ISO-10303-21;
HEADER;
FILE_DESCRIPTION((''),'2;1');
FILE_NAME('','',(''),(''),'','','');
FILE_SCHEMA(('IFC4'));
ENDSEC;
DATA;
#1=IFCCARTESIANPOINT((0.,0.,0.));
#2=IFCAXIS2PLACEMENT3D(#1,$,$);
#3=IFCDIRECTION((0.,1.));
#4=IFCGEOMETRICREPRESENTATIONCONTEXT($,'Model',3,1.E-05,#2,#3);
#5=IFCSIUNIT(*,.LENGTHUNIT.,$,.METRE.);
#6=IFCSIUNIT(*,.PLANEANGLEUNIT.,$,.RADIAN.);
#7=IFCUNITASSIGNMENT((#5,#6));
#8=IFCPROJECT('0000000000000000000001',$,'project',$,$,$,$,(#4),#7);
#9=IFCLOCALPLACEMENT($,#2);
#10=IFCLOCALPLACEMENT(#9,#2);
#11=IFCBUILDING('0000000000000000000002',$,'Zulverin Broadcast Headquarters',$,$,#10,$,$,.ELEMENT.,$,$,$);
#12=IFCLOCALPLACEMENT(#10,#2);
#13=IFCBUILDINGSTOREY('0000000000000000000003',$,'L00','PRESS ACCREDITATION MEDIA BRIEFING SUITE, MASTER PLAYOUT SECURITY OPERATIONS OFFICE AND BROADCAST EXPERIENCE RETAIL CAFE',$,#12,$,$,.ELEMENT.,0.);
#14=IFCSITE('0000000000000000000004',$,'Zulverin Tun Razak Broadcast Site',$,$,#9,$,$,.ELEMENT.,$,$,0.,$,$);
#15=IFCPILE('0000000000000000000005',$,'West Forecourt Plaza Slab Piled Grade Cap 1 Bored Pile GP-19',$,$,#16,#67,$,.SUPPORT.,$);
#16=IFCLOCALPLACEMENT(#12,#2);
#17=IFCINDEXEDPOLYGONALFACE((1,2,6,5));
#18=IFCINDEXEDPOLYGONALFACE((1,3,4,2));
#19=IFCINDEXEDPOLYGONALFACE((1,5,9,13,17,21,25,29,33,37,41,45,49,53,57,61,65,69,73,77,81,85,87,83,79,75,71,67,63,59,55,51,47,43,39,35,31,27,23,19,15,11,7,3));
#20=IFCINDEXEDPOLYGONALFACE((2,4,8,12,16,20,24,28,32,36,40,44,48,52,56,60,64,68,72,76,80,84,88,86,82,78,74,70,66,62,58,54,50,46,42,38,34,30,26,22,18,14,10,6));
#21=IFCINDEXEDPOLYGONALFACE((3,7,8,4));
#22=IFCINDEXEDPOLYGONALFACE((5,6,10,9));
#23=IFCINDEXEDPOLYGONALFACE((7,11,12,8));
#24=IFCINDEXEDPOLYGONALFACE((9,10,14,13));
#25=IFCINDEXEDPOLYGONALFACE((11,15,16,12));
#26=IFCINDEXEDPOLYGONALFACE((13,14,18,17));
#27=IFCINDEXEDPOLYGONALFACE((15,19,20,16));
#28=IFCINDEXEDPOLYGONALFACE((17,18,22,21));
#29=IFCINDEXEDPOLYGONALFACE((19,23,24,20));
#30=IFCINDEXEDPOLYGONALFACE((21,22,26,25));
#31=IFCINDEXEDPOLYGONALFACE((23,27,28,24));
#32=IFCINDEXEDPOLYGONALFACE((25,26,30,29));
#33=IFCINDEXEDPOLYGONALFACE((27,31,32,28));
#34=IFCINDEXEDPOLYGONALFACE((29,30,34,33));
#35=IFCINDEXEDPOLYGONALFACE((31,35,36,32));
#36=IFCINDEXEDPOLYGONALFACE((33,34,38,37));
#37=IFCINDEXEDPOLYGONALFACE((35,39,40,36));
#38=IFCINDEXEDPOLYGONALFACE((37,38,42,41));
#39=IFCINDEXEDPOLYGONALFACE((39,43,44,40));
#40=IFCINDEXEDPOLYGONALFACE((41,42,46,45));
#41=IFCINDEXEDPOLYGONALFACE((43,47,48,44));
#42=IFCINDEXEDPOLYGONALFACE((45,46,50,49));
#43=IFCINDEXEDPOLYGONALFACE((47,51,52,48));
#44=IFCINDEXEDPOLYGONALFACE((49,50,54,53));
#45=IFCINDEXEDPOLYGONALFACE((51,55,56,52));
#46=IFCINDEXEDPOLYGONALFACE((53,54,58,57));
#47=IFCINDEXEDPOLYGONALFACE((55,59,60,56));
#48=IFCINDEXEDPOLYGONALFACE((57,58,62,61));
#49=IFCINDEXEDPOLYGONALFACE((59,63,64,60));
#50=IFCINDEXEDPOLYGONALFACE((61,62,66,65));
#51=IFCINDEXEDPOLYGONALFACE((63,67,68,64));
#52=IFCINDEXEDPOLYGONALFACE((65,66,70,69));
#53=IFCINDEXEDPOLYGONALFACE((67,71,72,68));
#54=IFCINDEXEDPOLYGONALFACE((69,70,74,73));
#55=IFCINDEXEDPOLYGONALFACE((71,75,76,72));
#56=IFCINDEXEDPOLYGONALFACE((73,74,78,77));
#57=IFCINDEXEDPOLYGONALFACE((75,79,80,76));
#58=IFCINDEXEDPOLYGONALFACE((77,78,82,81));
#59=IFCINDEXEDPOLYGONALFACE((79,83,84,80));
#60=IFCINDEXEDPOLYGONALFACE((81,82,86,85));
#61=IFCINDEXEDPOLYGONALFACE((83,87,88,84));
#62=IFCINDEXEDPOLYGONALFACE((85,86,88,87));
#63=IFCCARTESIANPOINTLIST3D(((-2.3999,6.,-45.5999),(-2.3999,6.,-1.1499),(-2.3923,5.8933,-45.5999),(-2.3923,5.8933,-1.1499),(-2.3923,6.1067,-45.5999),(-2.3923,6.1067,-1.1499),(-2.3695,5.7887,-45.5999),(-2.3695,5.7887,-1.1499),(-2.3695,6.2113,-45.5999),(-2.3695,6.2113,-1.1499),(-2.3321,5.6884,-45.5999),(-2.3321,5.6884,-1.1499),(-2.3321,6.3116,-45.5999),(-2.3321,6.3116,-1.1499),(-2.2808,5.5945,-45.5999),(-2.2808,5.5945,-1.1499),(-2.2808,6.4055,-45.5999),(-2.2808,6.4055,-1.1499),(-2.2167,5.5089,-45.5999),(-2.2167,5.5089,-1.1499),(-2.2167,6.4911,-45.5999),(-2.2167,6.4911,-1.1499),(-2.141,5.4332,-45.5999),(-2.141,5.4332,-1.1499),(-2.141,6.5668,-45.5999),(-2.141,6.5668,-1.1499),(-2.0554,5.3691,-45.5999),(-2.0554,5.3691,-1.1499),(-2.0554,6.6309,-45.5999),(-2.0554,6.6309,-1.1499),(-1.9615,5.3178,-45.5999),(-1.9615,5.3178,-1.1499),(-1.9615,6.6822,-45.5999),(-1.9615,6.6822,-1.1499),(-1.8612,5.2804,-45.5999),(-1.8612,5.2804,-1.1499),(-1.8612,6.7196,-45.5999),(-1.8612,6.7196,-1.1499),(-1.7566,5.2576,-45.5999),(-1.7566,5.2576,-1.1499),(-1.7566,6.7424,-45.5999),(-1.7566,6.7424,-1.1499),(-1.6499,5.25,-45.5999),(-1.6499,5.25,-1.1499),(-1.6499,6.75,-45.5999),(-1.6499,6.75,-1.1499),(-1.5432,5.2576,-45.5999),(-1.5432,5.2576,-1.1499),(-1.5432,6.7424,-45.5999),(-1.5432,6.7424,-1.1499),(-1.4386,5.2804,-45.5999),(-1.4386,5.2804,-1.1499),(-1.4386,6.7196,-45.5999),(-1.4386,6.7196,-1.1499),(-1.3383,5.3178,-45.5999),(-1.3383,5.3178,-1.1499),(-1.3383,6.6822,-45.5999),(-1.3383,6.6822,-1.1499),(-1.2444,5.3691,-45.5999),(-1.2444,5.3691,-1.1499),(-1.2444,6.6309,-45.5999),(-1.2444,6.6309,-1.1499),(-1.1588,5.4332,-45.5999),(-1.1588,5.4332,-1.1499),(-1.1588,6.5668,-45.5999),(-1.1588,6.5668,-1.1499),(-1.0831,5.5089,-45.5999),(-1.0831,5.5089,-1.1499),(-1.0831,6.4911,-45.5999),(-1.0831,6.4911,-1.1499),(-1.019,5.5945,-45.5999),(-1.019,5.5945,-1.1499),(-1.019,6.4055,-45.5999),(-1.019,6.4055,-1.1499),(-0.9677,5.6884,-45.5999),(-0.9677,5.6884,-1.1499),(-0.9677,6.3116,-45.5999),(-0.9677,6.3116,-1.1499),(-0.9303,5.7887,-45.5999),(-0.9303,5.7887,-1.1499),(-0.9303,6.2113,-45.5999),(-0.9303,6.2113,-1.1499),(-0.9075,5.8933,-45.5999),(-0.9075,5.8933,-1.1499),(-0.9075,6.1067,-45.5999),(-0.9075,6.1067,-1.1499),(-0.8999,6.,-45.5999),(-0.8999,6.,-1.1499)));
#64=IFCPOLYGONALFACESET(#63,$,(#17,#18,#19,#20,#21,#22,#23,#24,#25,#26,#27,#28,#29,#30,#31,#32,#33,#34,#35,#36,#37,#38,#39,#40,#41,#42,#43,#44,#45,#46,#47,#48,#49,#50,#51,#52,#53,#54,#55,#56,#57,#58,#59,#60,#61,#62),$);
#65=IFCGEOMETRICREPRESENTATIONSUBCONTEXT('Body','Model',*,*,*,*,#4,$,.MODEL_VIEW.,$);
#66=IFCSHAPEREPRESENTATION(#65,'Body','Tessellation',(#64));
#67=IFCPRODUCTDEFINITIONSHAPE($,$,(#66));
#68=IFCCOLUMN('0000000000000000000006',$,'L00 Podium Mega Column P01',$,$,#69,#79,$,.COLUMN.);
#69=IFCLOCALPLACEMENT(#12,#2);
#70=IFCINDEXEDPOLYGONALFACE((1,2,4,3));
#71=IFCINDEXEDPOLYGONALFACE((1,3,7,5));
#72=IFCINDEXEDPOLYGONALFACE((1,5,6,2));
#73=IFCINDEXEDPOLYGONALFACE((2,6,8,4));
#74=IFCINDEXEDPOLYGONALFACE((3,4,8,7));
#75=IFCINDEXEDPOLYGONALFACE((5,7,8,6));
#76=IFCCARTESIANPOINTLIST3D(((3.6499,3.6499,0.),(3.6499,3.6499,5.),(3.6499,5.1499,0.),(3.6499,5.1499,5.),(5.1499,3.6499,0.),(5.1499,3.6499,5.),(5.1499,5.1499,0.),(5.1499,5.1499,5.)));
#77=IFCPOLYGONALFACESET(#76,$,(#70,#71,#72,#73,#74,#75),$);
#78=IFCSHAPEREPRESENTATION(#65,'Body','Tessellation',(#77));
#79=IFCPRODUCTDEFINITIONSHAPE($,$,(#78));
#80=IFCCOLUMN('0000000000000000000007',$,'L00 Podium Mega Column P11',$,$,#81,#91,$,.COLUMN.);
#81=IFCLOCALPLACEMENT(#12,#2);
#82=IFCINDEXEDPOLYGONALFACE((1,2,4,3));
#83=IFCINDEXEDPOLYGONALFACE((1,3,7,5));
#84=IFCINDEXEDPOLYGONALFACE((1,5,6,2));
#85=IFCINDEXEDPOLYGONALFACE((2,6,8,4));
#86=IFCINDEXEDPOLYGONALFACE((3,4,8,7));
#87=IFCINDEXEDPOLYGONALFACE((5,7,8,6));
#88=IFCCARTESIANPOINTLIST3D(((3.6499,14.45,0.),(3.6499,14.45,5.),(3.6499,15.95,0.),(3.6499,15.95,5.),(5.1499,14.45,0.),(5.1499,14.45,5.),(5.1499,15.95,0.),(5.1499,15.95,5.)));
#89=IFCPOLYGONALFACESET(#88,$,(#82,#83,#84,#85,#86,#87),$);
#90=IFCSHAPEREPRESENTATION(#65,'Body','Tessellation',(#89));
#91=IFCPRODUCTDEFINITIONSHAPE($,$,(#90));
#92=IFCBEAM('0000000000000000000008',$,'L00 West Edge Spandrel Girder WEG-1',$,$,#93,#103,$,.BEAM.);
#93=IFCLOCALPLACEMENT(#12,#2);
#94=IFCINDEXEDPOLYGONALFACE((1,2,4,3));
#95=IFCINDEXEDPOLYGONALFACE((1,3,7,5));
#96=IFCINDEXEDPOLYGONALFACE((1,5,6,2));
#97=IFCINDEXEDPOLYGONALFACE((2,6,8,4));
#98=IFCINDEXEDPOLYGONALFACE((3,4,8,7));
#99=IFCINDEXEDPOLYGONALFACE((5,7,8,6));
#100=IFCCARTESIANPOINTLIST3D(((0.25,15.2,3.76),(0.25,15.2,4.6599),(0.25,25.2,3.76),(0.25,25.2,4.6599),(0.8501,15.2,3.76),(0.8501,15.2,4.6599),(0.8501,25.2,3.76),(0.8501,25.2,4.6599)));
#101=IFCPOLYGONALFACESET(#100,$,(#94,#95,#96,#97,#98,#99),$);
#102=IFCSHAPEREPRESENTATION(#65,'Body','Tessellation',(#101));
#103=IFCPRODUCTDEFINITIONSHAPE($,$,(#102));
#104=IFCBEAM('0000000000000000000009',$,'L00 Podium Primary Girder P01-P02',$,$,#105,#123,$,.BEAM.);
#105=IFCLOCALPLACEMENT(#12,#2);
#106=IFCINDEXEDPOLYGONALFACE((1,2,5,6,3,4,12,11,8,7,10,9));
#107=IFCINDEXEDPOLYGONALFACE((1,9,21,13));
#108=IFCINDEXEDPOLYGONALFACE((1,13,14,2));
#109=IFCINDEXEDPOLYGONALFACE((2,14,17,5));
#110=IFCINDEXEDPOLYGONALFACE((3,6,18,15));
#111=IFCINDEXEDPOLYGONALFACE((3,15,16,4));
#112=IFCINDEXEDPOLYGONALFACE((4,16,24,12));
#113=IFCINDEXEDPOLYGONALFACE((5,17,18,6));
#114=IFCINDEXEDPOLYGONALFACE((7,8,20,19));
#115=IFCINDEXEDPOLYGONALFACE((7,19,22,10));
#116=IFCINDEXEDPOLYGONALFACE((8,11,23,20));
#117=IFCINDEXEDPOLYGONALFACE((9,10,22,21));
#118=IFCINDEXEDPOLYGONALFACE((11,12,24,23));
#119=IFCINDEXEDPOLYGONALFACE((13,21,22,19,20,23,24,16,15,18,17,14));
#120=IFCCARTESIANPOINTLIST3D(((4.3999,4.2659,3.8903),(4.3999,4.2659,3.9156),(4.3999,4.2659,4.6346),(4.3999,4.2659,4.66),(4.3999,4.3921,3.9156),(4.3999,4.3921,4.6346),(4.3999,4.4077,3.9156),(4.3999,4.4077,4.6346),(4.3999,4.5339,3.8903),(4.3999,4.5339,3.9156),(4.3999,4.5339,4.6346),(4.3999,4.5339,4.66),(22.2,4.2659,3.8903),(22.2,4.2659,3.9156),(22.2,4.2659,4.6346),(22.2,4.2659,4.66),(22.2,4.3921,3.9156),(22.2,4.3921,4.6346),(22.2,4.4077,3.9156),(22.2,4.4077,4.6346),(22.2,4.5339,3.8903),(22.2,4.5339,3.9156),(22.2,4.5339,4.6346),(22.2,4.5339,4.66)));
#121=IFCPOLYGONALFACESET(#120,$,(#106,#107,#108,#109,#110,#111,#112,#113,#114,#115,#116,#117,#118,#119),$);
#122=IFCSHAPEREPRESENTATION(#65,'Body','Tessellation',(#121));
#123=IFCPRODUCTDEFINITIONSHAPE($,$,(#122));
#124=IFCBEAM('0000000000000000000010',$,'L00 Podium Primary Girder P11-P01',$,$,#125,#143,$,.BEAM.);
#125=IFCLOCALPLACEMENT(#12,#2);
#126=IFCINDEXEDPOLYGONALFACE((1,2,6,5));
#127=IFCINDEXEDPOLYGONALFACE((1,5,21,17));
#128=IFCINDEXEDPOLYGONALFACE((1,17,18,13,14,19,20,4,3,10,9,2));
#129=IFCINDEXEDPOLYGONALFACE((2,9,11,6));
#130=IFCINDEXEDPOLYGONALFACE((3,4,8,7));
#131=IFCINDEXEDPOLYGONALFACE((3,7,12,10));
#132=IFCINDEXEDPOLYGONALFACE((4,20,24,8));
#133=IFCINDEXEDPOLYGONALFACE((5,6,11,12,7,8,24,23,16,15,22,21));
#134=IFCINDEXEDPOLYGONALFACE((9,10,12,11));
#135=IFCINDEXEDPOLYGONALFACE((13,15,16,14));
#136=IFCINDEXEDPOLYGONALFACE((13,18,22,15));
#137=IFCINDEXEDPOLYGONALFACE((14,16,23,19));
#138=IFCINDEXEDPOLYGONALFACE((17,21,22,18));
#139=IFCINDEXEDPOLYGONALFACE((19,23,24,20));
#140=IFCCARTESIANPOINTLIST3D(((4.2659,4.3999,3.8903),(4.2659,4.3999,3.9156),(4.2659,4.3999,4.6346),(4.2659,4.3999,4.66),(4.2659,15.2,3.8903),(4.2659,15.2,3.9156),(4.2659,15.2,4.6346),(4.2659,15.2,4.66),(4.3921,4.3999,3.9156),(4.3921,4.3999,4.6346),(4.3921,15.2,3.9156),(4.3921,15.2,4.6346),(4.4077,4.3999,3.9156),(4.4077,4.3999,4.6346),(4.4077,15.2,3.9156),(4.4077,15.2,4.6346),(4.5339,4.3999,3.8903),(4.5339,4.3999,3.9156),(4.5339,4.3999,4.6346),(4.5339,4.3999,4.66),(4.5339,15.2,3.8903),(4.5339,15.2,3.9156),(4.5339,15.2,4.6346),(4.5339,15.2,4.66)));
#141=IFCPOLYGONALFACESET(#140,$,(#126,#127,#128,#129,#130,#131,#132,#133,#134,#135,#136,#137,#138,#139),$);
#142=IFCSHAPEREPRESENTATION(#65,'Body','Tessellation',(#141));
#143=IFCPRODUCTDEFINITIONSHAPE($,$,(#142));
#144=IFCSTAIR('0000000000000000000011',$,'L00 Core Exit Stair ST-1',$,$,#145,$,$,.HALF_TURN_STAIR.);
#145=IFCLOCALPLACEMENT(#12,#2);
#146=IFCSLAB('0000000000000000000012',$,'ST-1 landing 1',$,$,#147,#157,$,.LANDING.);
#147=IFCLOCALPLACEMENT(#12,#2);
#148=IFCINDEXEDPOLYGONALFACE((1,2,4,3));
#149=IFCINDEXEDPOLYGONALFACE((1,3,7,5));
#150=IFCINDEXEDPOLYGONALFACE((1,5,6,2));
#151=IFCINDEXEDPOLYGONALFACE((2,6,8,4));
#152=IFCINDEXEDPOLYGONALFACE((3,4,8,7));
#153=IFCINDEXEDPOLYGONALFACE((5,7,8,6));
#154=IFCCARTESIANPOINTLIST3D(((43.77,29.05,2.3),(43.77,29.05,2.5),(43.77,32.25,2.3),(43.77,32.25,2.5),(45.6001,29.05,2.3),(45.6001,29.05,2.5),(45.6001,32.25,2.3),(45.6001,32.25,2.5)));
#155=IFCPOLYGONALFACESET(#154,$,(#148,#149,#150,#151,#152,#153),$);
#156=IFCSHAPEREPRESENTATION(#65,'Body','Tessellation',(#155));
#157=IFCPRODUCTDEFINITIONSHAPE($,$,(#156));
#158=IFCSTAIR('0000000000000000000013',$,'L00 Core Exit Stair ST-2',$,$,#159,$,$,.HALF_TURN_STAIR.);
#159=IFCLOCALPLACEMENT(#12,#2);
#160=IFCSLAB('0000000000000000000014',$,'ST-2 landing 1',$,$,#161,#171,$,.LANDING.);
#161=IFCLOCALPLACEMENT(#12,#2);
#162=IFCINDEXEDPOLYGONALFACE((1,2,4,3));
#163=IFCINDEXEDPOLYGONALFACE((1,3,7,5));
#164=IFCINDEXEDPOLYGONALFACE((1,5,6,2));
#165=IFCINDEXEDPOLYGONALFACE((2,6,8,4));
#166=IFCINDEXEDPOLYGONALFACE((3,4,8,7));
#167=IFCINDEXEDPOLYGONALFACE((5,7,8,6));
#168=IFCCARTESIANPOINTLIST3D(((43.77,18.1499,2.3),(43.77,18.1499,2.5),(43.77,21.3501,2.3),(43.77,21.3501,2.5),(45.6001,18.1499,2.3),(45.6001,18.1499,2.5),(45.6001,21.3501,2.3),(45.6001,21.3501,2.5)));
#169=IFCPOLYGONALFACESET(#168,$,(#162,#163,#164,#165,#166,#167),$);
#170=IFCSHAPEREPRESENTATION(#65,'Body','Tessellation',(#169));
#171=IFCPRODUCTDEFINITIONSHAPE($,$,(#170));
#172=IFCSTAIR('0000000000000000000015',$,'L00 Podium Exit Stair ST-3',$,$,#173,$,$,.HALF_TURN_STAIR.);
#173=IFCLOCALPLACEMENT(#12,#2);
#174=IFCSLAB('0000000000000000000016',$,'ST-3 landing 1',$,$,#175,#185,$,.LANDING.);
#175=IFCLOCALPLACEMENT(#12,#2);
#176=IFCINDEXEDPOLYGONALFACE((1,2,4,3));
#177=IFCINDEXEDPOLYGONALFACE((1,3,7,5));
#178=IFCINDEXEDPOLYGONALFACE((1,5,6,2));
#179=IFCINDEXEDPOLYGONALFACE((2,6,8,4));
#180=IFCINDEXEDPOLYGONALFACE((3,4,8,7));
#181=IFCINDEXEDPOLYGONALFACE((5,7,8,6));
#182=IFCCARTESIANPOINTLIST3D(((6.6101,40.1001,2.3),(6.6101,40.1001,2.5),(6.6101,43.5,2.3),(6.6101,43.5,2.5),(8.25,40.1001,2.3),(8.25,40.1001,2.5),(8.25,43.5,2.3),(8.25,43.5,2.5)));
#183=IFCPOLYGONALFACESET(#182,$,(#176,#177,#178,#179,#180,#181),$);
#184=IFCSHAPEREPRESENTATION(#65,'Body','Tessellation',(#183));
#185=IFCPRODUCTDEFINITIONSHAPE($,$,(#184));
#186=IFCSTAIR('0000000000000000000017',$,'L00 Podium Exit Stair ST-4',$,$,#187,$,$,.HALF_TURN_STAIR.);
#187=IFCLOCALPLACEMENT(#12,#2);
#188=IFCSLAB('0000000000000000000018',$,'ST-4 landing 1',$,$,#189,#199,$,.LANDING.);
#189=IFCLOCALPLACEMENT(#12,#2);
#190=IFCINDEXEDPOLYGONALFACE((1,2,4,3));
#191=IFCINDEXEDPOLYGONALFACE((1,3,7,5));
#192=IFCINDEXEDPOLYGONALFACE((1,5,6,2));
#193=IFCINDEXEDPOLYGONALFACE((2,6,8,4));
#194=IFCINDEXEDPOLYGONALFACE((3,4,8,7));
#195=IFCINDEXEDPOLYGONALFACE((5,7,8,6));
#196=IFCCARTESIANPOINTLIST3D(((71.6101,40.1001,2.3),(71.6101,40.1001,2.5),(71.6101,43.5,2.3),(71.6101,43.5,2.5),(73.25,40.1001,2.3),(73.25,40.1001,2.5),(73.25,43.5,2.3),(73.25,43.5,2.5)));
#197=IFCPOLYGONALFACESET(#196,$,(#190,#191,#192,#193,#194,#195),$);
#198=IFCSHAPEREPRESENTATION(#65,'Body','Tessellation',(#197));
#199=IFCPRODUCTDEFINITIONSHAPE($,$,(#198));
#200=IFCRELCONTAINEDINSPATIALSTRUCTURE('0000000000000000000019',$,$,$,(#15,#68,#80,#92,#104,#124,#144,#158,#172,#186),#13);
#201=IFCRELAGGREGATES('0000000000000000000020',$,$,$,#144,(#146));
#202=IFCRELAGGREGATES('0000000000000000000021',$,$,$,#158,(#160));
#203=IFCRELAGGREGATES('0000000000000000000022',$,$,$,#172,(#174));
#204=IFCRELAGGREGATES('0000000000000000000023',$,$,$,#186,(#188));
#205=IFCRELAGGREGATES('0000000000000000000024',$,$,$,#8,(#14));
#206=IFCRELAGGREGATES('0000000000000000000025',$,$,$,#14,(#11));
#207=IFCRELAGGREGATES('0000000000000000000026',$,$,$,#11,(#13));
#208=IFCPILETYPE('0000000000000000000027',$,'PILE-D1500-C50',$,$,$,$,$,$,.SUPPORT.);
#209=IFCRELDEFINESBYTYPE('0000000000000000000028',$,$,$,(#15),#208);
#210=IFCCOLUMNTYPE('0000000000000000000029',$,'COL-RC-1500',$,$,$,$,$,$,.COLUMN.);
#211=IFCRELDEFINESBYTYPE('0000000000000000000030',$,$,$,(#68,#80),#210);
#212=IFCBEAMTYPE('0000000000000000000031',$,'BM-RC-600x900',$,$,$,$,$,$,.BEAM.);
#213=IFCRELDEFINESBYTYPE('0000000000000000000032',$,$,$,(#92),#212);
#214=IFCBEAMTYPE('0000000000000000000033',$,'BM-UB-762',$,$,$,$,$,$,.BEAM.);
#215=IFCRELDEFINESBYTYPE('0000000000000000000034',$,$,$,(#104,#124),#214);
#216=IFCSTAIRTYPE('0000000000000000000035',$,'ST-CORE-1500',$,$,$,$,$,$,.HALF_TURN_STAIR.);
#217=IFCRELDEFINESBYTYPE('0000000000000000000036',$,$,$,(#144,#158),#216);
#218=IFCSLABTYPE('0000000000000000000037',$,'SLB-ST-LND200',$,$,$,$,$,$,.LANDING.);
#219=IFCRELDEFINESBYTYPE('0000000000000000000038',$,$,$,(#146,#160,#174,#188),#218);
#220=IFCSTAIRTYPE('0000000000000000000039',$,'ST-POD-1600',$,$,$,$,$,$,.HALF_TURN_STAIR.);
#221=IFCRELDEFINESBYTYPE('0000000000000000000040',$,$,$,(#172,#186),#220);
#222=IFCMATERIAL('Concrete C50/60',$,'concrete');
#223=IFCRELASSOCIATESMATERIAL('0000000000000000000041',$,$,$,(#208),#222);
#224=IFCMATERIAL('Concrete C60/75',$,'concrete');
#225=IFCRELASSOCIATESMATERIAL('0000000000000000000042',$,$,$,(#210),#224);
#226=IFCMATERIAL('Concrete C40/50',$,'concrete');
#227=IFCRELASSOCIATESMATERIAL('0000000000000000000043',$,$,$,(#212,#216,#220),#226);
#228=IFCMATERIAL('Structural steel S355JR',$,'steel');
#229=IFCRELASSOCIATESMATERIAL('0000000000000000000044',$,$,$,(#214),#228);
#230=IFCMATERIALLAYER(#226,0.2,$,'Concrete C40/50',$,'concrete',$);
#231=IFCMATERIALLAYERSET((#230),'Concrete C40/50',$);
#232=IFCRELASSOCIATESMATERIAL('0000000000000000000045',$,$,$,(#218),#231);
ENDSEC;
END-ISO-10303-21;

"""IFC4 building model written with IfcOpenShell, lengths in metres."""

from ifc_helpers import new_model, si_unit, direction, frame, origin, origin_2d, place, context, subcontext, project, spatial, polyline, rectangle, circle, i_section, outline, extrude, material, layer, layer_set, material_profile, profile_set, type_object, element, aggregate, save


model = new_model("IFC4")

# Units and contexts
model_context = context("Model", 3, precision=1e-05, world=origin(), true_north=direction((0.0, 1.0)))
body_context = subcontext(model_context, "Body", "Model", "MODEL_VIEW")
ifc_project = project(units=[si_unit("LENGTHUNIT", "METRE"), si_unit("PLANEANGLEUNIT", "RADIAN")], contexts=[model_context])

# Site, building, storey
site_placement = place(None, origin())
site = spatial("IfcSite", under=ifc_project, at=site_placement, Name="Zulverin Tun Razak Broadcast Site", CompositionType="ELEMENT", RefElevation=0.0)
building_placement = place(site_placement, origin())
building = spatial("IfcBuilding", under=site, at=building_placement, Name="Zulverin Broadcast Headquarters", CompositionType="ELEMENT")
storey_placement = place(building_placement, origin())
storey = spatial("IfcBuildingStorey", under=building, at=storey_placement, Name="L00", Description="PRESS ACCREDITATION MEDIA BRIEFING SUITE, MASTER PLAYOUT SECURITY OPERATIONS OFFICE AND BROADCAST EXPERIENCE RETAIL CAFE", CompositionType="ELEMENT", Elevation=0.0)

# Pile
ifc_material_1 = material(Name="Concrete C50/60", Category="concrete")
ifc_material_profile_1 = material_profile(ifc_material_1, circle(Radius=0.75, at=origin_2d()), Name="Concrete C50/60", Category="concrete")
ifc_profile_set_1 = profile_set([ifc_material_profile_1], Name="Concrete C50/60")
pile_type = type_object("IfcPileType", Name="PILE-D1500-C50", PredefinedType="SUPPORT", material=ifc_profile_set_1)
pile_placement = place(storey_placement, frame((-1.6499, 6.0, -1.1499), z_axis=(0.0, 0.0, -1.0), x_axis=(1.0, 0.0, 0.0)))
element("IfcPile", 1, at=pile_placement, inside=storey, type_object=pile_type, Name="West Forecourt Plaza Slab Piled Grade Cap 1 Bored Pile GP-19", PredefinedType="SUPPORT", context=body_context, shape_type="SweptSolid", body=[
    extrude(circle(Radius=0.75, at=origin_2d()), origin(), (0.0, 0.0, 1.0), 44.45),
])

# Columns
ifc_material_2 = material(Name="Concrete C60/75", Category="concrete")
ifc_material_profile_2 = material_profile(ifc_material_2, rectangle(XDim=1.5, YDim=1.5, at=origin_2d()), Name="Concrete C60/75", Category="concrete")
ifc_profile_set_2 = profile_set([ifc_material_profile_2], Name="Concrete C60/75")
column_type = type_object("IfcColumnType", Name="COL-RC-1500", PredefinedType="COLUMN", material=ifc_profile_set_2)
for number, where, z_axis, x_axis, name in (
    (2, (4.3999, 4.3999, 0.0), (0.0, 0.0, 1.0), (1.0, 0.0, 0.0), "L00 Podium Mega Column P01"),
    (3, (4.3999, 15.2, 0.0), (0.0, 0.0, 1.0), (1.0, 0.0, 0.0), "L00 Podium Mega Column P11"),
):
    element("IfcColumn", number, at=place(storey_placement, frame(where, z_axis=z_axis, x_axis=x_axis)), inside=storey, type_object=column_type, Name=name, PredefinedType="COLUMN", context=body_context, shape_type="SweptSolid", body=[
        extrude(rectangle(XDim=1.5, YDim=1.5, at=origin_2d()), origin(), (0.0, 0.0, 1.0), 5.0),
    ])

# Beams
ifc_material_3 = material(Name="Concrete C40/50", Category="concrete")
ifc_material_profile_3 = material_profile(ifc_material_3, rectangle(XDim=0.6001, YDim=0.8999, at=origin_2d()), Name="Concrete C40/50", Category="concrete")
ifc_profile_set_3 = profile_set([ifc_material_profile_3], Name="Concrete C40/50")
beam_type_1 = type_object("IfcBeamType", Name="BM-RC-600x900", PredefinedType="BEAM", material=ifc_profile_set_3)
beam_1_placement = place(storey_placement, frame((0.55, 15.2, 4.21), z_axis=(0.0, 1.0, 0.0), x_axis=(-1.0, 0.0, 0.0)))
element("IfcBeam", 4, at=beam_1_placement, inside=storey, type_object=beam_type_1, Name="L00 West Edge Spandrel Girder WEG-1", PredefinedType="BEAM", context=body_context, shape_type="SweptSolid", body=[
    extrude(rectangle(XDim=0.6001, YDim=0.8999, at=origin_2d()), origin(), (0.0, 0.0, 1.0), 10.0),
])
ifc_material_4 = material(Name="Structural steel S355JR", Category="steel")
ifc_material_profile_4 = material_profile(ifc_material_4, i_section(OverallWidth=0.2681, OverallDepth=0.7698, WebThickness=0.0156, FlangeThickness=0.0254, at=origin_2d()), Name="Structural steel S355JR", Category="steel")
ifc_profile_set_4 = profile_set([ifc_material_profile_4], Name="Structural steel S355JR")
beam_type_2 = type_object("IfcBeamType", Name="BM-UB-762", PredefinedType="BEAM", material=ifc_profile_set_4)
beam_2_placement = place(storey_placement, frame((4.3999, 4.3999, 4.2751), z_axis=(1.0, 0.0, 0.0), x_axis=(0.0, 1.0, 0.0)))
element("IfcBeam", 5, at=beam_2_placement, inside=storey, type_object=beam_type_2, Name="L00 Podium Primary Girder P01-P02", PredefinedType="BEAM", context=body_context, shape_type="SweptSolid", body=[
    extrude(i_section(OverallWidth=0.2681, OverallDepth=0.7698, WebThickness=0.0156, FlangeThickness=0.0254, at=origin_2d()), origin(), (0.0, 0.0, 1.0), 17.8),
])
beam_3_placement = place(storey_placement, frame((4.3999, 15.2, 4.2751), z_axis=(0.0, -1.0, 0.0), x_axis=(1.0, 0.0, 0.0)))
element("IfcBeam", 6, at=beam_3_placement, inside=storey, type_object=beam_type_2, Name="L00 Podium Primary Girder P11-P01", PredefinedType="BEAM", context=body_context, shape_type="SweptSolid", body=[
    extrude(i_section(OverallWidth=0.2681, OverallDepth=0.7698, WebThickness=0.0156, FlangeThickness=0.0254, at=origin_2d()), origin(), (0.0, 0.0, 1.0), 10.8),
])

# Stairs, slabs
stair_type_1 = type_object("IfcStairType", Name="ST-CORE-1500", PredefinedType="HALF_TURN_STAIR", material=ifc_material_3)
stair_1_placement = place(storey_placement, origin())
stair_1 = element("IfcStair", 7, at=stair_1_placement, inside=storey, type_object=stair_type_1, Name="L00 Core Exit Stair ST-1", PredefinedType="HALF_TURN_STAIR")
ifc_layer_1 = layer(ifc_material_3, 0.2, Name="Concrete C40/50", Category="concrete")
ifc_layer_set_1 = layer_set([ifc_layer_1], Name="Concrete C40/50")
slab_type = type_object("IfcSlabType", Name="SLB-ST-LND200", PredefinedType="LANDING", material=ifc_layer_set_1)
slab_1_placement = place(storey_placement, frame((0.0, 0.0, 2.3)))
slab_1 = element("IfcSlab", 8, at=slab_1_placement, type_object=slab_type, Name="ST-1 landing 1", PredefinedType="LANDING", context=body_context, shape_type="SweptSolid", body=[
    extrude(outline(polyline([(43.77, 29.05), (45.6001, 29.05), (45.6001, 32.25), (43.77, 32.25), (43.77, 29.05)])), origin(), (0.0, 0.0, 1.0), 0.2),
])
aggregate(stair_1, [slab_1])
stair_2_placement = place(storey_placement, origin())
stair_2 = element("IfcStair", 9, at=stair_2_placement, inside=storey, type_object=stair_type_1, Name="L00 Core Exit Stair ST-2", PredefinedType="HALF_TURN_STAIR")
slab_2_placement = place(storey_placement, frame((0.0, 0.0, 2.3)))
slab_2 = element("IfcSlab", 10, at=slab_2_placement, type_object=slab_type, Name="ST-2 landing 1", PredefinedType="LANDING", context=body_context, shape_type="SweptSolid", body=[
    extrude(outline(polyline([(43.77, 18.1499), (45.6001, 18.1499), (45.6001, 21.3501), (43.77, 21.3501), (43.77, 18.1499)])), origin(), (0.0, 0.0, 1.0), 0.2),
])
aggregate(stair_2, [slab_2])
stair_type_2 = type_object("IfcStairType", Name="ST-POD-1600", PredefinedType="HALF_TURN_STAIR", material=ifc_material_3)
stair_3_placement = place(storey_placement, origin())
stair_3 = element("IfcStair", 11, at=stair_3_placement, inside=storey, type_object=stair_type_2, Name="L00 Podium Exit Stair ST-3", PredefinedType="HALF_TURN_STAIR")
slab_3_placement = place(storey_placement, frame((0.0, 0.0, 2.3)))
slab_3 = element("IfcSlab", 12, at=slab_3_placement, type_object=slab_type, Name="ST-3 landing 1", PredefinedType="LANDING", context=body_context, shape_type="SweptSolid", body=[
    extrude(outline(polyline([(6.6101, 40.1001), (8.25, 40.1001), (8.25, 43.5), (6.6101, 43.5), (6.6101, 40.1001)])), origin(), (0.0, 0.0, 1.0), 0.2),
])
aggregate(stair_3, [slab_3])
stair_4_placement = place(storey_placement, origin())
stair_4 = element("IfcStair", 13, at=stair_4_placement, inside=storey, type_object=stair_type_2, Name="L00 Podium Exit Stair ST-4", PredefinedType="HALF_TURN_STAIR")
slab_4_placement = place(storey_placement, frame((0.0, 0.0, 2.3)))
slab_4 = element("IfcSlab", 14, at=slab_4_placement, type_object=slab_type, Name="ST-4 landing 1", PredefinedType="LANDING", context=body_context, shape_type="SweptSolid", body=[
    extrude(outline(polyline([(71.6101, 40.1001), (73.25, 40.1001), (73.25, 43.5), (71.6101, 43.5), (71.6101, 40.1001)])), origin(), (0.0, 0.0, 1.0), 0.2),
])
aggregate(stair_4, [slab_4])

save(model, "model.ifc")
